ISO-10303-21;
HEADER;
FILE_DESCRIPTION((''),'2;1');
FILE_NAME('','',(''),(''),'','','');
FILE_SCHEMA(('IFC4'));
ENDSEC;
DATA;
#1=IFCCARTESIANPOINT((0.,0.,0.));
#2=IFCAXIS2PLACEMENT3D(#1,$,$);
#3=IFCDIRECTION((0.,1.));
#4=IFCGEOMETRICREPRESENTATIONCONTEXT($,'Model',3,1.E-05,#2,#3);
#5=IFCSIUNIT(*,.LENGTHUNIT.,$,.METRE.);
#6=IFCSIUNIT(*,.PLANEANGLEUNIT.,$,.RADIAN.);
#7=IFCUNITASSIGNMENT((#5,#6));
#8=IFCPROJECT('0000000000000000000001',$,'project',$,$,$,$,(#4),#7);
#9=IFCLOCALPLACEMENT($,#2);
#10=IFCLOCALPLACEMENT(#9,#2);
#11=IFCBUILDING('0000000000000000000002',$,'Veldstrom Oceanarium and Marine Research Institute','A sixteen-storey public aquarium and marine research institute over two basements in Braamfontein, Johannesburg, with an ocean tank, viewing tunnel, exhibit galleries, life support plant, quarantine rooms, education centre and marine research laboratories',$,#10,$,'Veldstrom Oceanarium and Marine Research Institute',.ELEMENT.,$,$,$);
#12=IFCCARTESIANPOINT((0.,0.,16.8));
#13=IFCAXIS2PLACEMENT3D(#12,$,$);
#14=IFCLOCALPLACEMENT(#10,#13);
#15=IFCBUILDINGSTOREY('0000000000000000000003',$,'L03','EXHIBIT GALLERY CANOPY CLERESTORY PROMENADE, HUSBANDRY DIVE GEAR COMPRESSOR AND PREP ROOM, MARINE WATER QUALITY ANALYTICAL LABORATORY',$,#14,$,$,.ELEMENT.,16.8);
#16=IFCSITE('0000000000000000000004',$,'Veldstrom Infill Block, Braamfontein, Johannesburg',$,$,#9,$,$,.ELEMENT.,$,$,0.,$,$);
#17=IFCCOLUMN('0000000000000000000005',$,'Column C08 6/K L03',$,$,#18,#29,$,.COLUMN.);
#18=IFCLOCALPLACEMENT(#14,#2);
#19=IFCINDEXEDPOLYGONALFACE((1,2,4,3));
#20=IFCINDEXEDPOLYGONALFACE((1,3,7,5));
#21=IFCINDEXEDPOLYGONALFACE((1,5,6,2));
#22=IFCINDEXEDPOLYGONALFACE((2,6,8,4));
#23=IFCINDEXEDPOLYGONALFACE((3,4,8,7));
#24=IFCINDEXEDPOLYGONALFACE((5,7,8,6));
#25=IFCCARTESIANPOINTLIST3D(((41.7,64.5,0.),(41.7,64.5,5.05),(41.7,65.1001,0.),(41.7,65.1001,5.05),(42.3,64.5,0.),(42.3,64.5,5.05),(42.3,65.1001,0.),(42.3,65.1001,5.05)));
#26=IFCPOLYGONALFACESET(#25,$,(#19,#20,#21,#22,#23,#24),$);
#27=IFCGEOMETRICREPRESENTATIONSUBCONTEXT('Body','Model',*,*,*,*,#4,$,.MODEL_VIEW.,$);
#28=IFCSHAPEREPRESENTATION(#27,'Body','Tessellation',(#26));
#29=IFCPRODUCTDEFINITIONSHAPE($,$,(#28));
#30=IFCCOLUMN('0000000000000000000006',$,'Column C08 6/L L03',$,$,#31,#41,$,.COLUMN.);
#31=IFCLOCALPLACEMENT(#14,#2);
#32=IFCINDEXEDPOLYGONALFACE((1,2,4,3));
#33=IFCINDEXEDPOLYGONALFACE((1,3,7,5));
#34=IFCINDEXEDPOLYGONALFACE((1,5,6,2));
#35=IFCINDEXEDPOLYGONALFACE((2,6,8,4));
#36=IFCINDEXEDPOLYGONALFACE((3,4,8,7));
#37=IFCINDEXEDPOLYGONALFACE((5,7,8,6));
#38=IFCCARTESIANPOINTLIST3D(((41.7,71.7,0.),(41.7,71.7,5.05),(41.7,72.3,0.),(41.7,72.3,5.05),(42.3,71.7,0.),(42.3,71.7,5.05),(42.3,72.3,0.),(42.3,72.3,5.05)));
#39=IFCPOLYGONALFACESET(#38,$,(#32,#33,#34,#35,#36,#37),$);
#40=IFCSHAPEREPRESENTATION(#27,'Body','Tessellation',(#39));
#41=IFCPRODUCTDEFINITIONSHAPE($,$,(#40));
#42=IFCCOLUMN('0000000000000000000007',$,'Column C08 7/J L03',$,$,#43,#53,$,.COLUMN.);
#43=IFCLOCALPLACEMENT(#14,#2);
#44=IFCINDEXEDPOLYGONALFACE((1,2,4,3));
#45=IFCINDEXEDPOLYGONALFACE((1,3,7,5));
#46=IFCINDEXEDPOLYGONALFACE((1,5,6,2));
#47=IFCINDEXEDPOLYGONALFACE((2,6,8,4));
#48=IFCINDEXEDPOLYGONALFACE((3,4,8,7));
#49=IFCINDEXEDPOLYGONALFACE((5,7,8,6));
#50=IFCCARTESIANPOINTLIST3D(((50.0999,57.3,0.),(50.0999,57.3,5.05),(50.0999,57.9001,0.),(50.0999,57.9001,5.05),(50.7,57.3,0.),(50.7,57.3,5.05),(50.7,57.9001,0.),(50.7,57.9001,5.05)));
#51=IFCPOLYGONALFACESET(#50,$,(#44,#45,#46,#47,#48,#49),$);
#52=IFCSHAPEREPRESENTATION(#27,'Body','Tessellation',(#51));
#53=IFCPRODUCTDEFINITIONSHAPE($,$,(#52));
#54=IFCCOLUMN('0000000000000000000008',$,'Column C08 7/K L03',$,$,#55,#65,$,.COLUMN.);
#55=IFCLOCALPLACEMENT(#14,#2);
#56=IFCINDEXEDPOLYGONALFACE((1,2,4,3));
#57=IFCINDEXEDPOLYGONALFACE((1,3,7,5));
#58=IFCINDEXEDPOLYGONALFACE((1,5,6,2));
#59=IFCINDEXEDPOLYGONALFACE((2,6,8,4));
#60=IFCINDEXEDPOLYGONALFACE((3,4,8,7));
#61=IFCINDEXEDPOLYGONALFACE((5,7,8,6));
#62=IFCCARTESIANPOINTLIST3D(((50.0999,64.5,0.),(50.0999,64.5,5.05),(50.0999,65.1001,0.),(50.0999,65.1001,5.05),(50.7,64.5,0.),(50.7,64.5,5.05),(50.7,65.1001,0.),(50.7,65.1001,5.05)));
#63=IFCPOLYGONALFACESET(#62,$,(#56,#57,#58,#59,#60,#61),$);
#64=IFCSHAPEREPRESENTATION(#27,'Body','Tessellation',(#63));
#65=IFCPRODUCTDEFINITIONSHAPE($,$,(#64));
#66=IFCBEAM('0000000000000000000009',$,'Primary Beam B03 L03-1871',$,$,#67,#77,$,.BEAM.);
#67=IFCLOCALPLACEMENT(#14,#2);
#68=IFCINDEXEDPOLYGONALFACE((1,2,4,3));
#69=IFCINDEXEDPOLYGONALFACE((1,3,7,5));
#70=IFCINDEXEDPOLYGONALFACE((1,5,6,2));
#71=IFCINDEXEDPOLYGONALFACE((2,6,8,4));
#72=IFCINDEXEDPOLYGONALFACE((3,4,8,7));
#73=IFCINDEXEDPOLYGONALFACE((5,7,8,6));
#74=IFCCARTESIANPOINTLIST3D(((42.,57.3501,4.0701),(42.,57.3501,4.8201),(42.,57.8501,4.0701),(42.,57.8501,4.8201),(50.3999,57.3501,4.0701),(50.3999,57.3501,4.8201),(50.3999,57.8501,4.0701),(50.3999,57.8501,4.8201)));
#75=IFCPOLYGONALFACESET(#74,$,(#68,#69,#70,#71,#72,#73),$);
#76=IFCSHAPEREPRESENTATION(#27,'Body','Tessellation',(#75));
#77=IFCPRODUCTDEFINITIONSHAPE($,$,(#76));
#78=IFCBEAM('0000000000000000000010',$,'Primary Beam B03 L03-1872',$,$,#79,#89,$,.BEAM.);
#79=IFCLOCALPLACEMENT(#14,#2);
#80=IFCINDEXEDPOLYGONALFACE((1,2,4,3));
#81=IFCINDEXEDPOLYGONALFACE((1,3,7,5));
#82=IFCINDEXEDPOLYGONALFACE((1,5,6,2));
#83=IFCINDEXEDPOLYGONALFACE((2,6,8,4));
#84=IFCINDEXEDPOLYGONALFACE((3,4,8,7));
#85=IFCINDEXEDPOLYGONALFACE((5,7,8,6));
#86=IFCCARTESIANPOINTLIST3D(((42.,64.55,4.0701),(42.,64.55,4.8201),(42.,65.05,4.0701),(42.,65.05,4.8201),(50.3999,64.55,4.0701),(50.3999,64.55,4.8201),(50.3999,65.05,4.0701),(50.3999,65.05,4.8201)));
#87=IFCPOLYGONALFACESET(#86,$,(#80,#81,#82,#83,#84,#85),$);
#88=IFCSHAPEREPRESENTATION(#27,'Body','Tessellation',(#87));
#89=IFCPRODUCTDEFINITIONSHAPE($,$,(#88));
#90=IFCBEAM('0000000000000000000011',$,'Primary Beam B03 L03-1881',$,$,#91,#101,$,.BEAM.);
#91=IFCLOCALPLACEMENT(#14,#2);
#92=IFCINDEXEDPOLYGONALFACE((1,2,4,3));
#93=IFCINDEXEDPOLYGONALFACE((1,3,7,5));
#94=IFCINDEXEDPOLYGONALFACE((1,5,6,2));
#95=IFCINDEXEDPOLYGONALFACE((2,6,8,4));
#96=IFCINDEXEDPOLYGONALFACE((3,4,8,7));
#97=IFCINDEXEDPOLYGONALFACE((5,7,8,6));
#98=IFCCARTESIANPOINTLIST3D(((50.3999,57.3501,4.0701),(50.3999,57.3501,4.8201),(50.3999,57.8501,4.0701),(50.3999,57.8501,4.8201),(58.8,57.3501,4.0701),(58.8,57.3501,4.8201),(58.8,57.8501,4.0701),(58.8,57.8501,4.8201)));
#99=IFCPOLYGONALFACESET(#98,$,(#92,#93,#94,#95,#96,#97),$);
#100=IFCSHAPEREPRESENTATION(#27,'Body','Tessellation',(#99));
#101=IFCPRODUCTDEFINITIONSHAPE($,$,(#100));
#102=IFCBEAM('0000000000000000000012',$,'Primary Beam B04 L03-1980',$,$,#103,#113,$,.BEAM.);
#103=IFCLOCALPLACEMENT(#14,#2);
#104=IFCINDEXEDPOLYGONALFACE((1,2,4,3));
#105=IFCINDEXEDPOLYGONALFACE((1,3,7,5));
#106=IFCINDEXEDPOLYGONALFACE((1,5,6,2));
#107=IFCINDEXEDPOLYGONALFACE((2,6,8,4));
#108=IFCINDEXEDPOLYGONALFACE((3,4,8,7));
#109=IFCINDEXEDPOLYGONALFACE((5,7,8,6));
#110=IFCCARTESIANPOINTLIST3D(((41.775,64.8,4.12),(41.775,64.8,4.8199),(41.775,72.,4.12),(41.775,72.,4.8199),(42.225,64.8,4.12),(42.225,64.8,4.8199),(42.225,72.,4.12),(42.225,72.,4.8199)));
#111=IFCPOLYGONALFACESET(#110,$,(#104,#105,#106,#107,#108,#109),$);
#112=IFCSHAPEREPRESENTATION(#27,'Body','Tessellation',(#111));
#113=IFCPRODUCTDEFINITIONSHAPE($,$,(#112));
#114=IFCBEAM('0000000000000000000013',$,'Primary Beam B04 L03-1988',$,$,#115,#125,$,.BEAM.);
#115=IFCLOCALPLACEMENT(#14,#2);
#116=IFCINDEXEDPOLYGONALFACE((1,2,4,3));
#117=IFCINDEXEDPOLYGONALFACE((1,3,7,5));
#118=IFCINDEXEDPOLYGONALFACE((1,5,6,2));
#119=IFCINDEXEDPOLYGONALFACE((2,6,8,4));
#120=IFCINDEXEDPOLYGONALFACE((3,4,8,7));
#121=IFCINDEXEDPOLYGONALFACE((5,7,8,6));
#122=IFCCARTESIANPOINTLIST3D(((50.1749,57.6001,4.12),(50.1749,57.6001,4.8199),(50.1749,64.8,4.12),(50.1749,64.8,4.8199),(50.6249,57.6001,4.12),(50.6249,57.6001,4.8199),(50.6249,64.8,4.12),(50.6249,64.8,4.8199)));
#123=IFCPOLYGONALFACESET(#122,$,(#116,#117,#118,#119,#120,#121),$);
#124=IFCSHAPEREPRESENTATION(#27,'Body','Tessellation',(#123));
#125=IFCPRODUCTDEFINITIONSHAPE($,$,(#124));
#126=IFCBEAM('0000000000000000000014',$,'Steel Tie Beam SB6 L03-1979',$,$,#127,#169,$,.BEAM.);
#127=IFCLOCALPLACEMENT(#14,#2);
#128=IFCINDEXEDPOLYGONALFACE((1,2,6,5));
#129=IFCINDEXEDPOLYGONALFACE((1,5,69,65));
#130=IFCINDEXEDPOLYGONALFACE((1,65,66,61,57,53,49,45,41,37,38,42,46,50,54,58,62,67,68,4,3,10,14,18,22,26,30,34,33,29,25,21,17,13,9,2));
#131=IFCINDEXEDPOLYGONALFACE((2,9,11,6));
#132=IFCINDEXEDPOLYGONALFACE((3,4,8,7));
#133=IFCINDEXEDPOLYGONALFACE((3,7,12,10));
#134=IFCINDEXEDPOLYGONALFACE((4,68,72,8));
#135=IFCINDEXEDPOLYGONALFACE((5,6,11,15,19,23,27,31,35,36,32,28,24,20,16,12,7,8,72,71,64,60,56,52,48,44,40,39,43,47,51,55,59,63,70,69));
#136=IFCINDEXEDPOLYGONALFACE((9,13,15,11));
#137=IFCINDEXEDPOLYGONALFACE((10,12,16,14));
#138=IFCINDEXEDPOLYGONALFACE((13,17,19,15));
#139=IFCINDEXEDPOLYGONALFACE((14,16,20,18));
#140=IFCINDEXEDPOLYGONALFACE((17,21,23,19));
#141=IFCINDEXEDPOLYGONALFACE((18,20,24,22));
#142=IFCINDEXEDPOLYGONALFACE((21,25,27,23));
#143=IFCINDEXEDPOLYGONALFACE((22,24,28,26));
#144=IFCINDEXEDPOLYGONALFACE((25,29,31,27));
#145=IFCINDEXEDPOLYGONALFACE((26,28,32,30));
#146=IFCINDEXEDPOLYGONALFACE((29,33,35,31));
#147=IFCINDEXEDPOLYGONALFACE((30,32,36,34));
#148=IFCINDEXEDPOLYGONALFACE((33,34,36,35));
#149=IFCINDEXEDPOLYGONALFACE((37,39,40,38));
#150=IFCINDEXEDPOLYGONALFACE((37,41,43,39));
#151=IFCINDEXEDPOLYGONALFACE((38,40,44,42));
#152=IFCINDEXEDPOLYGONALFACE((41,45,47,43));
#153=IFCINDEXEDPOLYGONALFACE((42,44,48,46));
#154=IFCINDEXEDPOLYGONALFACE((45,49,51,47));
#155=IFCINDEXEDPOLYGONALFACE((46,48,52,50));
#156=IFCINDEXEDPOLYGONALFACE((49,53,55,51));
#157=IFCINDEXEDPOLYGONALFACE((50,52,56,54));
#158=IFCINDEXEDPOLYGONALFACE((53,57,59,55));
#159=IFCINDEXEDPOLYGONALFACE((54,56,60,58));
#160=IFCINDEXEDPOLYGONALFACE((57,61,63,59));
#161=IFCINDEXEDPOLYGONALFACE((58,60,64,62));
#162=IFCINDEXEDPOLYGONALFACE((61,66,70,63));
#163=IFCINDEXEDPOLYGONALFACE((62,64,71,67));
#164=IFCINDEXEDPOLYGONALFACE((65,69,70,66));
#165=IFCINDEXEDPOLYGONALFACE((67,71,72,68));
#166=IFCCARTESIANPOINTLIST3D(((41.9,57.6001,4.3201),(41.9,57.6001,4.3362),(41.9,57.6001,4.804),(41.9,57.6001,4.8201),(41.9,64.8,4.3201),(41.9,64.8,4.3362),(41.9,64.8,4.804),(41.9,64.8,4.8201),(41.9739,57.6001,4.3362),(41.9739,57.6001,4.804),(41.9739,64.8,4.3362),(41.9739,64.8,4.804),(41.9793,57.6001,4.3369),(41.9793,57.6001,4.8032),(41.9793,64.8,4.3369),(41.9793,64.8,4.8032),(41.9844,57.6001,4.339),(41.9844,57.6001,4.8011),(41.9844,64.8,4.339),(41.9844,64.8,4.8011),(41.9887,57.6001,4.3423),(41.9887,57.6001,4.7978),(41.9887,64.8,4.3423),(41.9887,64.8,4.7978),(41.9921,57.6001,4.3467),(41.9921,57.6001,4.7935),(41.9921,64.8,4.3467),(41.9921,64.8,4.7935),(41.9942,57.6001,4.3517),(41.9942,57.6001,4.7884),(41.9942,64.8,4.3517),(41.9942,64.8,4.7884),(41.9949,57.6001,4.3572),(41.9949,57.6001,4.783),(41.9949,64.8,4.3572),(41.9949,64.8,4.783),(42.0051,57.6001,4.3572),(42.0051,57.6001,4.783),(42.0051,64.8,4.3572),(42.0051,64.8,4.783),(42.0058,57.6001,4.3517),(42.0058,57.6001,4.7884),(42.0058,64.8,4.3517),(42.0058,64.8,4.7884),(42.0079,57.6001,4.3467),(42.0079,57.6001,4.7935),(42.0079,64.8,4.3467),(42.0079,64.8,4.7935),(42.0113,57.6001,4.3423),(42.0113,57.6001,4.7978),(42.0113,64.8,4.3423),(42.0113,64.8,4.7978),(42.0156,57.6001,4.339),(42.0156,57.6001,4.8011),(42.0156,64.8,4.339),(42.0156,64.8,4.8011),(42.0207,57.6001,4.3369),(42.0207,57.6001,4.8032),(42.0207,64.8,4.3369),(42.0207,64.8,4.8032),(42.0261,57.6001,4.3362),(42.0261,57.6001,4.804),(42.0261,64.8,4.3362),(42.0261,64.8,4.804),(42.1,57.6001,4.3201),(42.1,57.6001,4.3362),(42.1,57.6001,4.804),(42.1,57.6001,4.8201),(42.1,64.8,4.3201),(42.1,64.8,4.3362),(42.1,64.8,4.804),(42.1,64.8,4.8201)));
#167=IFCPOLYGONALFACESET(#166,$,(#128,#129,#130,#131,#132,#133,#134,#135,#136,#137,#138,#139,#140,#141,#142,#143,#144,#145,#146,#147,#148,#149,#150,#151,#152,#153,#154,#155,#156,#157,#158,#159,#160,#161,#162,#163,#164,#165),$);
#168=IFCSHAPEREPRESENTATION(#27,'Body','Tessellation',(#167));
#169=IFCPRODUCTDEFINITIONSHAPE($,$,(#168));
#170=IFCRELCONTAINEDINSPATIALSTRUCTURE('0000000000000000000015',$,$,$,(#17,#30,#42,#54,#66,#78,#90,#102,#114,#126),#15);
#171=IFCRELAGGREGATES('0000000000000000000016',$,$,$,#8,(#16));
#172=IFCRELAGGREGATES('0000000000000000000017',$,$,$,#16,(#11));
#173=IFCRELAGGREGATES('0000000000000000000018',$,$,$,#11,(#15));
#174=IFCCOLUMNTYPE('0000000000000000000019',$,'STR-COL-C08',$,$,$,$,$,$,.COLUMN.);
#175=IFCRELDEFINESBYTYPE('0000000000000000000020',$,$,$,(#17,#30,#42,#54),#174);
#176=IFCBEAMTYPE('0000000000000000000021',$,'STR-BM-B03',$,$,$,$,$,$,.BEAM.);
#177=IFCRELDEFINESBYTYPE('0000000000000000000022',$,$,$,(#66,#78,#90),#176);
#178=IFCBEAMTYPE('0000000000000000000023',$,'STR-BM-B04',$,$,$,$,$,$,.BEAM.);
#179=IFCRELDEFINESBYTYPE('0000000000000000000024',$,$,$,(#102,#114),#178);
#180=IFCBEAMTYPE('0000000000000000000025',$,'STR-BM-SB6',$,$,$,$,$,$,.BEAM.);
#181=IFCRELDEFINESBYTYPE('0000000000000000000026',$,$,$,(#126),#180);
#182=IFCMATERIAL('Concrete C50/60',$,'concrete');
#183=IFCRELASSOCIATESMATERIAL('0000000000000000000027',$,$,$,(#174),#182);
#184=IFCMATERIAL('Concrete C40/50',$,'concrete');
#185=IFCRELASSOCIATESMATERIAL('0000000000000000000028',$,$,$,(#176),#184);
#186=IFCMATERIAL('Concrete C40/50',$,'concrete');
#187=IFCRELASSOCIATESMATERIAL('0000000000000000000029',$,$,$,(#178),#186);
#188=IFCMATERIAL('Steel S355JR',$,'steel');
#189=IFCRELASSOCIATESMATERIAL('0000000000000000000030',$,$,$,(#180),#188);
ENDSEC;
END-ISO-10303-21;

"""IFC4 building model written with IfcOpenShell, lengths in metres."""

from ifc_helpers import new_model, si_unit, direction, frame, origin, origin_2d, place, context, subcontext, project, spatial, rectangle, i_section, extrude, material, material_profile, profile_set, type_object, element, save


model = new_model("IFC4")

# Units and contexts
model_context = context("Model", 3, precision=1e-05, world=origin(), true_north=direction((0.0, 1.0)))
body_context = subcontext(model_context, "Body", "Model", "MODEL_VIEW")
ifc_project = project(units=[si_unit("LENGTHUNIT", "METRE"), si_unit("PLANEANGLEUNIT", "RADIAN")], contexts=[model_context])

# Site, building, storey
site_placement = place(None, origin())
site = spatial("IfcSite", under=ifc_project, at=site_placement, Name="Veldstrom Infill Block, Braamfontein, Johannesburg", CompositionType="ELEMENT", RefElevation=0.0)
building_placement = place(site_placement, origin())
building = spatial("IfcBuilding", under=site, at=building_placement, Name="Veldstrom Oceanarium and Marine Research Institute", Description="A sixteen-storey public aquarium and marine research institute over two basements in Braamfontein, Johannesburg, with an ocean tank, viewing tunnel, exhibit galleries, life support plant, quarantine rooms, education centre and marine research laboratories", LongName="Veldstrom Oceanarium and Marine Research Institute", CompositionType="ELEMENT")
storey_placement = place(building_placement, frame((0.0, 0.0, 16.8)))
storey = spatial("IfcBuildingStorey", under=building, at=storey_placement, Name="L03", Description="EXHIBIT GALLERY CANOPY CLERESTORY PROMENADE, HUSBANDRY DIVE GEAR COMPRESSOR AND PREP ROOM, MARINE WATER QUALITY ANALYTICAL LABORATORY", CompositionType="ELEMENT", Elevation=16.8)

# Columns
ifc_material_1 = material(Name="Concrete C50/60", Category="concrete")
ifc_material_profile_1 = material_profile(ifc_material_1, rectangle(XDim=0.6001, YDim=0.6001, at=origin_2d()), Name="RC-COL-600x600")
ifc_profile_set_1 = profile_set([ifc_material_profile_1], Name="Concrete C50/60")
column_type = type_object("IfcColumnType", Name="STR-COL-C08", PredefinedType="COLUMN", material=ifc_profile_set_1)
for number, where, z_axis, x_axis, name in (
    (1, (42.0, 64.8, 0.0), (0.0, 0.0, 1.0), (1.0, 0.0, 0.0), "Column C08 6/K L03"),
    (2, (42.0, 72.0, 0.0), (0.0, 0.0, 1.0), (1.0, 0.0, 0.0), "Column C08 6/L L03"),
    (3, (50.3999, 57.6001, 0.0), (0.0, 0.0, 1.0), (1.0, 0.0, 0.0), "Column C08 7/J L03"),
    (4, (50.3999, 64.8, 0.0), (0.0, 0.0, 1.0), (1.0, 0.0, 0.0), "Column C08 7/K L03"),
):
    element("IfcColumn", number, at=place(storey_placement, frame(where, z_axis=z_axis, x_axis=x_axis)), inside=storey, type_object=column_type, Name=name, PredefinedType="COLUMN", context=body_context, shape_type="SweptSolid", body=[
        extrude(rectangle(XDim=0.6001, YDim=0.6001, at=origin_2d()), origin(), (0.0, 0.0, 1.0), 5.05),
    ])

# Beams
ifc_material_2 = material(Name="Concrete C40/50", Category="concrete")
ifc_material_profile_2 = material_profile(ifc_material_2, rectangle(XDim=0.5, YDim=0.75, at=origin_2d()), Name="RC-BM-500x750")
ifc_profile_set_2 = profile_set([ifc_material_profile_2], Name="Concrete C40/50")
beam_type_1 = type_object("IfcBeamType", Name="STR-BM-B03", PredefinedType="BEAM", material=ifc_profile_set_2)
for number, where, z_axis, x_axis, name in (
    (5, (42.0, 57.6001, 4.4451), (1.0, 0.0, 0.0), (0.0, 1.0, 0.0), "Primary Beam B03 L03-1871"),
    (6, (42.0, 64.8, 4.4451), (1.0, 0.0, 0.0), (0.0, 1.0, 0.0), "Primary Beam B03 L03-1872"),
):
    element("IfcBeam", number, at=place(storey_placement, frame(where, z_axis=z_axis, x_axis=x_axis)), inside=storey, type_object=beam_type_1, Name=name, PredefinedType="BEAM", context=body_context, shape_type="SweptSolid", body=[
        extrude(rectangle(XDim=0.5, YDim=0.75, at=origin_2d()), origin(), (0.0, 0.0, 1.0), 8.3999),
    ])
beam_1_placement = place(storey_placement, frame((50.3999, 57.6001, 4.4451), z_axis=(1.0, 0.0, 0.0), x_axis=(0.0, 1.0, 0.0)))
element("IfcBeam", 7, at=beam_1_placement, inside=storey, type_object=beam_type_1, Name="Primary Beam B03 L03-1881", PredefinedType="BEAM", context=body_context, shape_type="SweptSolid", body=[
    extrude(rectangle(XDim=0.5, YDim=0.75, at=origin_2d()), origin(), (0.0, 0.0, 1.0), 8.4001),
])
ifc_material_3 = material(Name="Concrete C40/50", Category="concrete")
ifc_material_profile_3 = material_profile(ifc_material_3, rectangle(XDim=0.45, YDim=0.7, at=origin_2d()), Name="RC-BM-450x700")
ifc_profile_set_3 = profile_set([ifc_material_profile_3], Name="Concrete C40/50")
beam_type_2 = type_object("IfcBeamType", Name="STR-BM-B04", PredefinedType="BEAM", material=ifc_profile_set_3)
for number, where, z_axis, x_axis, name in (
    (8, (42.0, 64.8, 4.47), (0.0, 1.0, 0.0), (-1.0, 0.0, 0.0), "Primary Beam B04 L03-1980"),
    (9, (50.3999, 57.6001, 4.47), (0.0, 1.0, 0.0), (-1.0, 0.0, 0.0), "Primary Beam B04 L03-1988"),
):
    element("IfcBeam", number, at=place(storey_placement, frame(where, z_axis=z_axis, x_axis=x_axis)), inside=storey, type_object=beam_type_2, Name=name, PredefinedType="BEAM", context=body_context, shape_type="SweptSolid", body=[
        extrude(rectangle(XDim=0.45, YDim=0.7, at=origin_2d()), origin(), (0.0, 0.0, 1.0), 7.2),
    ])
ifc_material_4 = material(Name="Steel S355JR", Category="steel")
ifc_material_profile_4 = material_profile(ifc_material_4, i_section(OverallWidth=0.2, OverallDepth=0.5, WebThickness=0.0103, FlangeThickness=0.0161, FilletRadius=0.021, at=origin_2d()), Name="IPE 500")
ifc_profile_set_4 = profile_set([ifc_material_profile_4], Name="Steel S355JR")
beam_type_3 = type_object("IfcBeamType", Name="STR-BM-SB6", PredefinedType="BEAM", material=ifc_profile_set_4)
beam_2_placement = place(storey_placement, frame((42.0, 57.6001, 4.5701), z_axis=(0.0, 1.0, 0.0), x_axis=(-1.0, 0.0, 0.0)))
element("IfcBeam", 10, at=beam_2_placement, inside=storey, type_object=beam_type_3, Name="Steel Tie Beam SB6 L03-1979", PredefinedType="BEAM", context=body_context, shape_type="SweptSolid", body=[
    extrude(i_section(OverallWidth=0.2, OverallDepth=0.5, WebThickness=0.0103, FlangeThickness=0.0161, FilletRadius=0.021, at=origin_2d()), origin(), (0.0, 0.0, 1.0), 7.2),
])

save(model, "model.ifc")
